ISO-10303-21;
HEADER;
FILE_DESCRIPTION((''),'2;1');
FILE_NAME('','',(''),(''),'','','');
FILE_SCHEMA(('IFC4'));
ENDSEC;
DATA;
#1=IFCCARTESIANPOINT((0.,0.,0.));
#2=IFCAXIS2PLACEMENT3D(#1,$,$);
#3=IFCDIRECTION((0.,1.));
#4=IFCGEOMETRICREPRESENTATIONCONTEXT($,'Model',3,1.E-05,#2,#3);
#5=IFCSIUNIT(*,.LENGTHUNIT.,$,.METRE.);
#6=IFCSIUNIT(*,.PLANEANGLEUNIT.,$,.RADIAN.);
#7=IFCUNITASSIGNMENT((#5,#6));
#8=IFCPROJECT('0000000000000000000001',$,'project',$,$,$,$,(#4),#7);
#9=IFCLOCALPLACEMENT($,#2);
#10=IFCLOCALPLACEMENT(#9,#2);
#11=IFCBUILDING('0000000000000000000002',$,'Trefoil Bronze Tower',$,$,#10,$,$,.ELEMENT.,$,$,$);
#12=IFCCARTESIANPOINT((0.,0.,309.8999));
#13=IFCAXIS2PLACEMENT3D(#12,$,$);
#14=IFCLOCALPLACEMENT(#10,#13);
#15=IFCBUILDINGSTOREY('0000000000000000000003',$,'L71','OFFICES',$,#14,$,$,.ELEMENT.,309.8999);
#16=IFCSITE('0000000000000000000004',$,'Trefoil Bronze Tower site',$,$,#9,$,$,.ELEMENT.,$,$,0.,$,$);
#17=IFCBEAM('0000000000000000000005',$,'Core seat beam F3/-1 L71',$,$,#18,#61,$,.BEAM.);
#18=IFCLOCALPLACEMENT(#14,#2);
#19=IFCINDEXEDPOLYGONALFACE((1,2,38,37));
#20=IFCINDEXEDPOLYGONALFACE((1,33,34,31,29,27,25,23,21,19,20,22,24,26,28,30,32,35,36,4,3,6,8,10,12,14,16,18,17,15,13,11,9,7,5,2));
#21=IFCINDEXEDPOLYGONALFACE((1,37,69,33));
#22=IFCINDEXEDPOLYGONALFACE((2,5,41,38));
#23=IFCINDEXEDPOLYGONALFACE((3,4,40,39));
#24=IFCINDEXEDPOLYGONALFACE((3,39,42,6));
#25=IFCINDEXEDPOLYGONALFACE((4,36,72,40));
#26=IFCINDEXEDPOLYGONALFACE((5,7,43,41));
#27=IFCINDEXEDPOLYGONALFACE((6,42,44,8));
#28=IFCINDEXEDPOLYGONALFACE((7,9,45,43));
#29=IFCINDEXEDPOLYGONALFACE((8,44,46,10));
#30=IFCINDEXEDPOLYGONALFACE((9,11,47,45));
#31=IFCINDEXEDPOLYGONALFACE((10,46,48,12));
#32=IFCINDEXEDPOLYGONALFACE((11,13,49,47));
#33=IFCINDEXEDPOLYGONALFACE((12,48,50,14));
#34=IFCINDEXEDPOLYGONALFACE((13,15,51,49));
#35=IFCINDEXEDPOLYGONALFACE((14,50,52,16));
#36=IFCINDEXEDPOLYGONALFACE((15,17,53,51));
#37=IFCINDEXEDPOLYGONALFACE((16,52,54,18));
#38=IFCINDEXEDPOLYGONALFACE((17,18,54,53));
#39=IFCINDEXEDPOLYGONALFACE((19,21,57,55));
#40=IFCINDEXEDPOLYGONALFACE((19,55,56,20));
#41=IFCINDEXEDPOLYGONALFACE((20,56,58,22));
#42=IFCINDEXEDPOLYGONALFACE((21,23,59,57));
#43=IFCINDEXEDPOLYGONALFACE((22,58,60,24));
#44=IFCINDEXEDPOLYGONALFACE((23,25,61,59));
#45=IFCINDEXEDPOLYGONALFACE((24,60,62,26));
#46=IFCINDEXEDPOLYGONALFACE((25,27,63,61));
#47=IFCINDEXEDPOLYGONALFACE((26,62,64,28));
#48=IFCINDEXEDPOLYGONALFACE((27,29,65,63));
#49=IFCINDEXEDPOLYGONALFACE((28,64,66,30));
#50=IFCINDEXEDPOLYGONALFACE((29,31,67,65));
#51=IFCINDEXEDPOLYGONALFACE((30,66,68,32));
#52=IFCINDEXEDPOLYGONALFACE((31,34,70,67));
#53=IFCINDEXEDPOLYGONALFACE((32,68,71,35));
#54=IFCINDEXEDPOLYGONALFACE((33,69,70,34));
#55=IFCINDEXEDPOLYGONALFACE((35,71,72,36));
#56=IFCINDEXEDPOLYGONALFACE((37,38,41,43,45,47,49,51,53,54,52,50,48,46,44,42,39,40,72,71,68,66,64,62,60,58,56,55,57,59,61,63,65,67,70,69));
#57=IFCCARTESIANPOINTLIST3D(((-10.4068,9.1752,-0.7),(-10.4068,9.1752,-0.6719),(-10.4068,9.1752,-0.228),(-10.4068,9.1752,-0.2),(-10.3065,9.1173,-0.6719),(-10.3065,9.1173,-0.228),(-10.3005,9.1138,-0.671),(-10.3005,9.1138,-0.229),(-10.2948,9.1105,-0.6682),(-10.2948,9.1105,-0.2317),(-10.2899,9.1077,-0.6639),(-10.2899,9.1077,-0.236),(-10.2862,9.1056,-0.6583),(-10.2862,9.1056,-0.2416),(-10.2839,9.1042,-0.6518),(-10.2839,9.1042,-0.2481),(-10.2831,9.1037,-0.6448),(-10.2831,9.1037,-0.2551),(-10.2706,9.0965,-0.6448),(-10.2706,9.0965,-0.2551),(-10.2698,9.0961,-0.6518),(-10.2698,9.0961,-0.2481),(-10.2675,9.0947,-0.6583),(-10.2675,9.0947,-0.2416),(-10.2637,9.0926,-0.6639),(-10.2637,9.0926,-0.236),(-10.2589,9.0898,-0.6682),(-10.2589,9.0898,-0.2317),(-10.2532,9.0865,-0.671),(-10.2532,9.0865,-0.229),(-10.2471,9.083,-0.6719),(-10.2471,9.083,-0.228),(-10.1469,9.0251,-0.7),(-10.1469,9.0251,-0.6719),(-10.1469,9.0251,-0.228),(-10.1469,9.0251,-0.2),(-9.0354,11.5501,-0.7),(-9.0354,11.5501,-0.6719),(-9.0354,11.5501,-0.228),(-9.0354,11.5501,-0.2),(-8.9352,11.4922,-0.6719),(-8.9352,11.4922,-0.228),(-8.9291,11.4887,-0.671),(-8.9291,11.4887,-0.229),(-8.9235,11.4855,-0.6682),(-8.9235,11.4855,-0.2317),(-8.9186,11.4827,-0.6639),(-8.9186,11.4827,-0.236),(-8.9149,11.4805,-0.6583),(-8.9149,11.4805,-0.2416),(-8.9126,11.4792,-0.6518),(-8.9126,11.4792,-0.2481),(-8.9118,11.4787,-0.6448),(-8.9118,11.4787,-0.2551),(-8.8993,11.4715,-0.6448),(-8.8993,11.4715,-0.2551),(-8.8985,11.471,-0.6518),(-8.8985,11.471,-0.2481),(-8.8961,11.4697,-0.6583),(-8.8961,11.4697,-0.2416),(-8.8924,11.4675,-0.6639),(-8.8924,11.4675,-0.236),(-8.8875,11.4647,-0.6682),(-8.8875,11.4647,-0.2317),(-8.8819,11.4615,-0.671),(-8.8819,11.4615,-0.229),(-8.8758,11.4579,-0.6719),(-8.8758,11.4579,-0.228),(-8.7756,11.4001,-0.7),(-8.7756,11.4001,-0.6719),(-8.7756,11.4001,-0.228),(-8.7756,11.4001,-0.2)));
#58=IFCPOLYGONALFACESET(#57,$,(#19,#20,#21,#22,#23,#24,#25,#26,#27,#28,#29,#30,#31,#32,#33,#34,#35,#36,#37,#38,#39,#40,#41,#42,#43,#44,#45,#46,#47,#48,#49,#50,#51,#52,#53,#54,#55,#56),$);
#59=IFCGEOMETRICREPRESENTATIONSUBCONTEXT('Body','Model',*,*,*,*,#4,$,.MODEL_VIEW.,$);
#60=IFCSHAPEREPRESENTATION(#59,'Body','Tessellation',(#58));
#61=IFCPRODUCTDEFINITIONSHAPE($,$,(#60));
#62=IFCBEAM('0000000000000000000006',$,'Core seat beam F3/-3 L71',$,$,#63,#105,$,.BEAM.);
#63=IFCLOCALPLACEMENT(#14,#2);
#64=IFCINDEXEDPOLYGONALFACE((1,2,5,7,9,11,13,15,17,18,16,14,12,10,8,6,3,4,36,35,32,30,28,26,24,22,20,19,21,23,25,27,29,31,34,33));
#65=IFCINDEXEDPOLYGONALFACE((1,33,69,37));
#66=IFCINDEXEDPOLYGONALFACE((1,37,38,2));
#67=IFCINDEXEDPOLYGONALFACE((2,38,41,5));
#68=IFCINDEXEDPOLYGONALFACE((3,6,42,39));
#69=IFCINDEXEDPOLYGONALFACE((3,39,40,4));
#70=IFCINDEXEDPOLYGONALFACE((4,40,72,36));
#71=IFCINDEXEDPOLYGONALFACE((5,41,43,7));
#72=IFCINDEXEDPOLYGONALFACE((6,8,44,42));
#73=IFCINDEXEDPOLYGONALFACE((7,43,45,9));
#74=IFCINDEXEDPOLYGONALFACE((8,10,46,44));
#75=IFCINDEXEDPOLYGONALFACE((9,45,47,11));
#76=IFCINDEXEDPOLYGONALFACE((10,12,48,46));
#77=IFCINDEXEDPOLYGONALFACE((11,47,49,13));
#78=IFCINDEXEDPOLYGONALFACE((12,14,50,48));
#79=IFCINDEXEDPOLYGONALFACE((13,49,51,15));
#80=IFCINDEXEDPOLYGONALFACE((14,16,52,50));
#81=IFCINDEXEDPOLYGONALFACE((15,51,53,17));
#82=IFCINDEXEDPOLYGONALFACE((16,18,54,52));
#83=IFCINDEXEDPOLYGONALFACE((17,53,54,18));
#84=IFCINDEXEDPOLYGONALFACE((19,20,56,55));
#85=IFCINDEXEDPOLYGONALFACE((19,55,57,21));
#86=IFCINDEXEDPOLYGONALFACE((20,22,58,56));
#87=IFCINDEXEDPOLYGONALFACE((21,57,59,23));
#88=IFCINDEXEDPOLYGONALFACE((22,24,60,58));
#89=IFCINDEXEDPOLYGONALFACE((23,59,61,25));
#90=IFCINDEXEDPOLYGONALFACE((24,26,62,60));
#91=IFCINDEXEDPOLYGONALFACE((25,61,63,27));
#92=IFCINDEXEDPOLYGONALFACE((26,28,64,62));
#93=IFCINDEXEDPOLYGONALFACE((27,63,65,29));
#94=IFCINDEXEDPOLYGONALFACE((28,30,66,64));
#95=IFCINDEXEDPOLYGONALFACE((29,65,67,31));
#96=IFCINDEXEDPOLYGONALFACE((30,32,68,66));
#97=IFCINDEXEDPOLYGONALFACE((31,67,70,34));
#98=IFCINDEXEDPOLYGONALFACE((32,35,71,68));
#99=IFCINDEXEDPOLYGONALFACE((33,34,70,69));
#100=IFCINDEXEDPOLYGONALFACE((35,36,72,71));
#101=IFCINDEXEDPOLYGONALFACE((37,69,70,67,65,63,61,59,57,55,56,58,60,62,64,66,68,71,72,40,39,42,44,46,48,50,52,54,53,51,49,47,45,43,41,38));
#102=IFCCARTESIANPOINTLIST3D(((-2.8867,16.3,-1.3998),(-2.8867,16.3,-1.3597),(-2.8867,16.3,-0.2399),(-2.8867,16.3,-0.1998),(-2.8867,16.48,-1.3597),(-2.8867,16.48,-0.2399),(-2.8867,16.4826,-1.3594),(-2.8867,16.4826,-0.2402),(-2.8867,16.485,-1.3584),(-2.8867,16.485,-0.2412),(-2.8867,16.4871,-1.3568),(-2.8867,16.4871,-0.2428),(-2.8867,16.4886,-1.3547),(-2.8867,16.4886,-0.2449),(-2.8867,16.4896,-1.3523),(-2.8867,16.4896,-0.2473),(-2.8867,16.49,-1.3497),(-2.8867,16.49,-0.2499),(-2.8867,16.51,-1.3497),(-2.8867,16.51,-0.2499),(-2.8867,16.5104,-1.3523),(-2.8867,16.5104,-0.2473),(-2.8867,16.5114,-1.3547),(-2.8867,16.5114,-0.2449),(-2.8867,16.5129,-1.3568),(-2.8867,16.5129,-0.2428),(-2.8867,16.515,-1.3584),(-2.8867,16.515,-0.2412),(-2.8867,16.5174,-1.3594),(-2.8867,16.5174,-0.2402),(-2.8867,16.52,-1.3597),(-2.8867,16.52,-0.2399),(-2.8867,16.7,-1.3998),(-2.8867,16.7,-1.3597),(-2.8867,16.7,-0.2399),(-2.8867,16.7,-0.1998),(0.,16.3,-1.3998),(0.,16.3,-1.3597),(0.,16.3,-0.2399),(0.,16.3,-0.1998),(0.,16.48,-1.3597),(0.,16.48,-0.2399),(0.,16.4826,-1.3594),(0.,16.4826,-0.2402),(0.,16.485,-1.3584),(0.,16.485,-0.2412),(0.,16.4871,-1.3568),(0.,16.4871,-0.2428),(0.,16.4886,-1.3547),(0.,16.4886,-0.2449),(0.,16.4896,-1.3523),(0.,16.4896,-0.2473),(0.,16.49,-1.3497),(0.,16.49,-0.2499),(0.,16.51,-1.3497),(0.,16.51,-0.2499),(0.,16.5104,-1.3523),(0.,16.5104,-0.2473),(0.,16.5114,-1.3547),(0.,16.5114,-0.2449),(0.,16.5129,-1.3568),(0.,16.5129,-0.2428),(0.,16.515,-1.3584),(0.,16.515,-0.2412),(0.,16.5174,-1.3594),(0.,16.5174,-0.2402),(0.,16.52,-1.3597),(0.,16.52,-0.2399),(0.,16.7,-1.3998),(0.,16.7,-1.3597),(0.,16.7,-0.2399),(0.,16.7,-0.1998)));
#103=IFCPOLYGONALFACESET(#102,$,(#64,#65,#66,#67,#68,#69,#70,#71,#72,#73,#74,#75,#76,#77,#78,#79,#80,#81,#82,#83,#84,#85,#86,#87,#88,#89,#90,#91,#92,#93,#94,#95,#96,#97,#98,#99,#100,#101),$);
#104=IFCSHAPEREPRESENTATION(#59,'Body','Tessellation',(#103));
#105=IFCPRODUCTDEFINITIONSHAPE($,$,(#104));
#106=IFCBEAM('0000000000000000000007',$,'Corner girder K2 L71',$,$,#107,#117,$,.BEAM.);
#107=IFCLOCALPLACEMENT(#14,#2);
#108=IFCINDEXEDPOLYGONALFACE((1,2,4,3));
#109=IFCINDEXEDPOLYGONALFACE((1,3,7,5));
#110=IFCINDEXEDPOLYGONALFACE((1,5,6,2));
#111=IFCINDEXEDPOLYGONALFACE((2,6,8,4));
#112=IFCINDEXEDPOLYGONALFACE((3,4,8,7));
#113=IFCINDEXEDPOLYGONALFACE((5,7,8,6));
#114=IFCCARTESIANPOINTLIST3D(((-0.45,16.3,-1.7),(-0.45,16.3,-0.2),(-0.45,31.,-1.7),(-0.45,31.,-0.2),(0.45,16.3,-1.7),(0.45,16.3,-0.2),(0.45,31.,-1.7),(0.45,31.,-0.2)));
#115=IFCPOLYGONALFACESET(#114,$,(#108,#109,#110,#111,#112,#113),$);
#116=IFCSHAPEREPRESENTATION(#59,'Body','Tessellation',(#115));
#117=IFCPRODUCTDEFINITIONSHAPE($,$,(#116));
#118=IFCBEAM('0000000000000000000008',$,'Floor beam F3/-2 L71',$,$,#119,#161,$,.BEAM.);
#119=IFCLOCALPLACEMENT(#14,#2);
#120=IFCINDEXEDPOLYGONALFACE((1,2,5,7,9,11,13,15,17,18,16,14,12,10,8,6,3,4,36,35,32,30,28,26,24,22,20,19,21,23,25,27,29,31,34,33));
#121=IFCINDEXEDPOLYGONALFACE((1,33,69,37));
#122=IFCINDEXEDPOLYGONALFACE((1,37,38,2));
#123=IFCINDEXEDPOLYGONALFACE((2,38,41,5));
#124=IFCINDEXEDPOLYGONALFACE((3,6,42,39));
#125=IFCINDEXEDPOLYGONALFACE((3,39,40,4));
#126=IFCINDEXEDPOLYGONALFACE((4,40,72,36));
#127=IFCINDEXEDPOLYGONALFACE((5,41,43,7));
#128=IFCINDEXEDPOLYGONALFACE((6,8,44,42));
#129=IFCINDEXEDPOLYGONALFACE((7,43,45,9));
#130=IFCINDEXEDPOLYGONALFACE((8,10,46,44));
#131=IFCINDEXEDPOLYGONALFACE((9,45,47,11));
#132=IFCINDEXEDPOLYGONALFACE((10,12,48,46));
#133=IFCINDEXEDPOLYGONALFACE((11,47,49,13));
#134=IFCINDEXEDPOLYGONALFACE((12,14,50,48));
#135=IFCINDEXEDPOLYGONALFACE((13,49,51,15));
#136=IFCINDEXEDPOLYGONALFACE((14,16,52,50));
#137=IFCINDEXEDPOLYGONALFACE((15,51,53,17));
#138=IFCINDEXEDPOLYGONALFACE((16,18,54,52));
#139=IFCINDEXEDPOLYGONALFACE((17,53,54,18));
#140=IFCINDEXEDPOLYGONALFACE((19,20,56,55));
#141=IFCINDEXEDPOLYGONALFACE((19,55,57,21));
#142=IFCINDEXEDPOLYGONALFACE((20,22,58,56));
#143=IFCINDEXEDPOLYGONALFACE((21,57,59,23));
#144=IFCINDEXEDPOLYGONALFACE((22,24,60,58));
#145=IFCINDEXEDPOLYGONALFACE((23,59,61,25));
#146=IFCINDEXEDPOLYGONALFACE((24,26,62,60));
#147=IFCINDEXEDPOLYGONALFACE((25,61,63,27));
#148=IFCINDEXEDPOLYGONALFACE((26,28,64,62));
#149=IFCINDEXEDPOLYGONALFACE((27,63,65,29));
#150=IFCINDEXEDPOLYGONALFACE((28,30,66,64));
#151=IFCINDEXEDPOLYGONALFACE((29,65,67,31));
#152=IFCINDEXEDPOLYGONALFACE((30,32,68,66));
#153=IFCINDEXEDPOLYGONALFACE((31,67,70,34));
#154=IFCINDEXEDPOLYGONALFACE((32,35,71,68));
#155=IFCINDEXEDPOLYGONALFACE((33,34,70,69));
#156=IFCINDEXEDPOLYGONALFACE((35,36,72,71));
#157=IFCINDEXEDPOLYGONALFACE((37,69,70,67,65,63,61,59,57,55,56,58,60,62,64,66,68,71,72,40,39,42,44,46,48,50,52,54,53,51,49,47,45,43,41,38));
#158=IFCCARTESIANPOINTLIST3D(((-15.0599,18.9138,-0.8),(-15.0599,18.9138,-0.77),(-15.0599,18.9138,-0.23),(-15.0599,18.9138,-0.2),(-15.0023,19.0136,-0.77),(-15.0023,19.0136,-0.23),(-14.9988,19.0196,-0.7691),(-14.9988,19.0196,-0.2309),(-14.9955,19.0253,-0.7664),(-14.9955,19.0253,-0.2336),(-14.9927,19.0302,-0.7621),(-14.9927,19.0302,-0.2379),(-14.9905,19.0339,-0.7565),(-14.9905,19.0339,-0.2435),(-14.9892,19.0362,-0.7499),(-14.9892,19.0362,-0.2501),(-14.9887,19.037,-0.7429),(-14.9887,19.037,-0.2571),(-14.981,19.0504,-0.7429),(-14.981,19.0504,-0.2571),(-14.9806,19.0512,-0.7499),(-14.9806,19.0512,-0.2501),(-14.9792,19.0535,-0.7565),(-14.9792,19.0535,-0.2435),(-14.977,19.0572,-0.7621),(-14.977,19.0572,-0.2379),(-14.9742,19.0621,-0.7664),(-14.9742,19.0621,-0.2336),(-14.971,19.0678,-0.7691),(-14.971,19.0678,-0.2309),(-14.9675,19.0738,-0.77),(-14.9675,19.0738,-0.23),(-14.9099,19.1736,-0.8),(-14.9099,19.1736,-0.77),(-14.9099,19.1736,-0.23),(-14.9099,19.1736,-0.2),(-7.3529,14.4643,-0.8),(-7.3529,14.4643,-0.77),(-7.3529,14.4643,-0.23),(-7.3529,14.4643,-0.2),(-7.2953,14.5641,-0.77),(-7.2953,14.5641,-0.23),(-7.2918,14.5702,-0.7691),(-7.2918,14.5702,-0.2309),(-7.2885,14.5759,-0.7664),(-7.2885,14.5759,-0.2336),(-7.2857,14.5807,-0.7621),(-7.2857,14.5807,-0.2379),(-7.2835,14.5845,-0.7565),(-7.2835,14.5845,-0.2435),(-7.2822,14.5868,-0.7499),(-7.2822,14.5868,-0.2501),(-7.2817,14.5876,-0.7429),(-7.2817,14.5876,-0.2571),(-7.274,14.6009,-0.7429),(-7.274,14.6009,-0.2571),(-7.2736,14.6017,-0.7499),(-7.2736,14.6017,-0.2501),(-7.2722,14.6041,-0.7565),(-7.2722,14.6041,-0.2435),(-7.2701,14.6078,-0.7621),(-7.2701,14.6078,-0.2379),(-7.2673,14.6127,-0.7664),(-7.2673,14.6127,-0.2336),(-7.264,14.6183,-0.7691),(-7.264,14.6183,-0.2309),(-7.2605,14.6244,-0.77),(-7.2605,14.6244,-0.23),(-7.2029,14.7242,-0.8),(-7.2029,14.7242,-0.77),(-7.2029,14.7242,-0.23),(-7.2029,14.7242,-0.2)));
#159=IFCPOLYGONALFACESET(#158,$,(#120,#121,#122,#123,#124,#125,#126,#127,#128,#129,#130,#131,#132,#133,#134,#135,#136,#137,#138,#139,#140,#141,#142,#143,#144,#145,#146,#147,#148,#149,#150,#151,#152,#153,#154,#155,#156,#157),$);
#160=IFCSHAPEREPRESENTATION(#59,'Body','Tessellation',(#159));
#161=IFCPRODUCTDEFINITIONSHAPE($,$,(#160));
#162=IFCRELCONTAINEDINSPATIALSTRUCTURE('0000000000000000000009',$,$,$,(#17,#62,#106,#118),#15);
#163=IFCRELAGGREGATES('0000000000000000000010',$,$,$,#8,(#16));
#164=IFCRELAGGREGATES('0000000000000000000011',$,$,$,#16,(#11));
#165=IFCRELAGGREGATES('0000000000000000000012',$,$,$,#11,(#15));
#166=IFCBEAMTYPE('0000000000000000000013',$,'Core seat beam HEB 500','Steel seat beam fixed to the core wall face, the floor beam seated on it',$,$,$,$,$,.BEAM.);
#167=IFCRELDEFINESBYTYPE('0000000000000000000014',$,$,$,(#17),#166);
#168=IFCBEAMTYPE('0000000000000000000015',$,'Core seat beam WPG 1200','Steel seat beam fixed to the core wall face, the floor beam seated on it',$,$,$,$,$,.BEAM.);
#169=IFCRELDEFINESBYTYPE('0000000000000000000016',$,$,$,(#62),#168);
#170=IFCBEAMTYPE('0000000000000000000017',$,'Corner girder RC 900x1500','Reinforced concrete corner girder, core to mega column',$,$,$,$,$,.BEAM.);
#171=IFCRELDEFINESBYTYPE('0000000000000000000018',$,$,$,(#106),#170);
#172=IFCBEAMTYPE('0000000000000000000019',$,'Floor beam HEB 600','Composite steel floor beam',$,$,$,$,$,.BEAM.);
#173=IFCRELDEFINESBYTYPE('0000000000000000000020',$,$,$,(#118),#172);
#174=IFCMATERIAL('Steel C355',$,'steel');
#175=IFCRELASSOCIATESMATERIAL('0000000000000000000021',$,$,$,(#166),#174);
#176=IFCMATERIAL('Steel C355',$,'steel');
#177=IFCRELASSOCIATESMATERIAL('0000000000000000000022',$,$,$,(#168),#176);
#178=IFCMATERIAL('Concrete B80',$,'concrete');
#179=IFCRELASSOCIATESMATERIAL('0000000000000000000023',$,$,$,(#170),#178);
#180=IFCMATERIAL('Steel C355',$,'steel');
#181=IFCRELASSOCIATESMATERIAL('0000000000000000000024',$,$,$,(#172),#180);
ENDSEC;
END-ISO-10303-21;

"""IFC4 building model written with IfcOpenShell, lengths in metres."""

from ifc_helpers import new_model, si_unit, direction, frame, origin, origin_2d, place, context, subcontext, project, spatial, rectangle, i_section, extrude, material, material_profile, profile_set, type_object, element, save


model = new_model("IFC4")

# Units and contexts
model_context = context("Model", 3, precision=1e-05, world=origin(), true_north=direction((0.0, 1.0)))
body_context = subcontext(model_context, "Body", "Model", "MODEL_VIEW")
ifc_project = project(units=[si_unit("LENGTHUNIT", "METRE"), si_unit("PLANEANGLEUNIT", "RADIAN")], contexts=[model_context])

# Site, building, storey
site_placement = place(None, origin())
site = spatial("IfcSite", under=ifc_project, at=site_placement, Name="Trefoil Bronze Tower site", CompositionType="ELEMENT", RefElevation=0.0)
building_placement = place(site_placement, origin())
building = spatial("IfcBuilding", under=site, at=building_placement, Name="Trefoil Bronze Tower", CompositionType="ELEMENT")
storey_placement = place(building_placement, frame((0.0, 0.0, 309.8999)))
storey = spatial("IfcBuildingStorey", under=building, at=storey_placement, Name="L71", Description="OFFICES", CompositionType="ELEMENT", Elevation=309.8999)

# Beams
ifc_material_1 = material(Name="Steel C355", Category="steel")
ifc_material_profile_1 = material_profile(ifc_material_1, i_section(OverallWidth=0.3, OverallDepth=0.5, WebThickness=0.0144, FlangeThickness=0.0281, FilletRadius=0.0271, at=origin_2d()), Name="HEB 500")
ifc_profile_set_1 = profile_set([ifc_material_profile_1], Name="Steel C355")
beam_type_1 = type_object("IfcBeamType", Name="Core seat beam HEB 500", Description="Steel seat beam fixed to the core wall face, the floor beam seated on it", PredefinedType="BEAM", material=ifc_profile_set_1)
for number, where, z_axis, x_axis, name in (
    (1, (-8.9055, 11.4751, -0.45), (-0.500036, -0.866005, 0.0), (0.866005, -0.500036, 0.0), "Core seat beam F3/-1 L71"),
):
    element("IfcBeam", number, at=place(storey_placement, frame(where, z_axis=z_axis, x_axis=x_axis)), inside=storey, type_object=beam_type_1, Name=name, PredefinedType="BEAM", context=body_context, shape_type="SweptSolid", body=[
        extrude(i_section(OverallWidth=0.3, OverallDepth=0.5, WebThickness=0.0144, FlangeThickness=0.0281, FilletRadius=0.0271, at=origin_2d()), origin(), (0.0, 0.0, 1.0), 2.7424),
    ])
ifc_material_2 = material(Name="Steel C355", Category="steel")
ifc_material_profile_2 = material_profile(ifc_material_2, i_section(OverallWidth=0.3999, OverallDepth=1.2, WebThickness=0.02, FlangeThickness=0.04, FilletRadius=0.01, at=origin_2d()), Name="WPG 1200")
ifc_profile_set_2 = profile_set([ifc_material_profile_2], Name="Steel C355")
beam_type_2 = type_object("IfcBeamType", Name="Core seat beam WPG 1200", Description="Steel seat beam fixed to the core wall face, the floor beam seated on it", PredefinedType="BEAM", material=ifc_profile_set_2)
beam_1_placement = place(storey_placement, frame((0.0, 16.5, -0.7998), z_axis=(-1.0, 0.0, 0.0), x_axis=(0.0, -1.0, 0.0)))
element("IfcBeam", 2, at=beam_1_placement, inside=storey, type_object=beam_type_2, Name="Core seat beam F3/-3 L71", PredefinedType="BEAM", context=body_context, shape_type="SweptSolid", body=[
    extrude(i_section(OverallWidth=0.3999, OverallDepth=1.2, WebThickness=0.02, FlangeThickness=0.04, FilletRadius=0.01, at=origin_2d()), origin(), (0.0, 0.0, 1.0), 2.8867),
])
ifc_material_3 = material(Name="Concrete B80", Category="concrete")
ifc_material_profile_3 = material_profile(ifc_material_3, rectangle(XDim=0.8999, YDim=1.5, at=origin_2d()), Name="RC 900x1500")
ifc_profile_set_3 = profile_set([ifc_material_profile_3], Name="Concrete B80")
beam_type_3 = type_object("IfcBeamType", Name="Corner girder RC 900x1500", Description="Reinforced concrete corner girder, core to mega column", PredefinedType="BEAM", material=ifc_profile_set_3)
beam_2_placement = place(storey_placement, frame((0.0, 16.3, -0.95), z_axis=(0.0, 1.0, 0.0), x_axis=(-1.0, 0.0, 0.0)))
element("IfcBeam", 3, at=beam_2_placement, inside=storey, type_object=beam_type_3, Name="Corner girder K2 L71", PredefinedType="BEAM", context=body_context, shape_type="SweptSolid", body=[
    extrude(rectangle(XDim=0.8999, YDim=1.5, at=origin_2d()), origin(), (0.0, 0.0, 1.0), 14.7),
])
ifc_material_4 = material(Name="Steel C355", Category="steel")
ifc_material_profile_4 = material_profile(ifc_material_4, i_section(OverallWidth=0.3, OverallDepth=0.6001, WebThickness=0.0154, FlangeThickness=0.03, FilletRadius=0.0271, at=origin_2d()), Name="HEB 600")
ifc_profile_set_4 = profile_set([ifc_material_profile_4], Name="Steel C355")
beam_type_4 = type_object("IfcBeamType", Name="Floor beam HEB 600", Description="Composite steel floor beam", PredefinedType="BEAM", material=ifc_profile_set_4)
beam_3_placement = place(storey_placement, frame((-14.9849, 19.0437, -0.5), z_axis=(0.866035, -0.499984, 0.0), x_axis=(0.499984, 0.866035, 0.0)))
element("IfcBeam", 4, at=beam_3_placement, inside=storey, type_object=beam_type_4, Name="Floor beam F3/-2 L71", PredefinedType="BEAM", context=body_context, shape_type="SweptSolid", body=[
    extrude(i_section(OverallWidth=0.3, OverallDepth=0.6001, WebThickness=0.0154, FlangeThickness=0.03, FilletRadius=0.0271, at=origin_2d()), origin(), (0.0, 0.0, 1.0), 8.8992),
])

save(model, "model.ifc")
